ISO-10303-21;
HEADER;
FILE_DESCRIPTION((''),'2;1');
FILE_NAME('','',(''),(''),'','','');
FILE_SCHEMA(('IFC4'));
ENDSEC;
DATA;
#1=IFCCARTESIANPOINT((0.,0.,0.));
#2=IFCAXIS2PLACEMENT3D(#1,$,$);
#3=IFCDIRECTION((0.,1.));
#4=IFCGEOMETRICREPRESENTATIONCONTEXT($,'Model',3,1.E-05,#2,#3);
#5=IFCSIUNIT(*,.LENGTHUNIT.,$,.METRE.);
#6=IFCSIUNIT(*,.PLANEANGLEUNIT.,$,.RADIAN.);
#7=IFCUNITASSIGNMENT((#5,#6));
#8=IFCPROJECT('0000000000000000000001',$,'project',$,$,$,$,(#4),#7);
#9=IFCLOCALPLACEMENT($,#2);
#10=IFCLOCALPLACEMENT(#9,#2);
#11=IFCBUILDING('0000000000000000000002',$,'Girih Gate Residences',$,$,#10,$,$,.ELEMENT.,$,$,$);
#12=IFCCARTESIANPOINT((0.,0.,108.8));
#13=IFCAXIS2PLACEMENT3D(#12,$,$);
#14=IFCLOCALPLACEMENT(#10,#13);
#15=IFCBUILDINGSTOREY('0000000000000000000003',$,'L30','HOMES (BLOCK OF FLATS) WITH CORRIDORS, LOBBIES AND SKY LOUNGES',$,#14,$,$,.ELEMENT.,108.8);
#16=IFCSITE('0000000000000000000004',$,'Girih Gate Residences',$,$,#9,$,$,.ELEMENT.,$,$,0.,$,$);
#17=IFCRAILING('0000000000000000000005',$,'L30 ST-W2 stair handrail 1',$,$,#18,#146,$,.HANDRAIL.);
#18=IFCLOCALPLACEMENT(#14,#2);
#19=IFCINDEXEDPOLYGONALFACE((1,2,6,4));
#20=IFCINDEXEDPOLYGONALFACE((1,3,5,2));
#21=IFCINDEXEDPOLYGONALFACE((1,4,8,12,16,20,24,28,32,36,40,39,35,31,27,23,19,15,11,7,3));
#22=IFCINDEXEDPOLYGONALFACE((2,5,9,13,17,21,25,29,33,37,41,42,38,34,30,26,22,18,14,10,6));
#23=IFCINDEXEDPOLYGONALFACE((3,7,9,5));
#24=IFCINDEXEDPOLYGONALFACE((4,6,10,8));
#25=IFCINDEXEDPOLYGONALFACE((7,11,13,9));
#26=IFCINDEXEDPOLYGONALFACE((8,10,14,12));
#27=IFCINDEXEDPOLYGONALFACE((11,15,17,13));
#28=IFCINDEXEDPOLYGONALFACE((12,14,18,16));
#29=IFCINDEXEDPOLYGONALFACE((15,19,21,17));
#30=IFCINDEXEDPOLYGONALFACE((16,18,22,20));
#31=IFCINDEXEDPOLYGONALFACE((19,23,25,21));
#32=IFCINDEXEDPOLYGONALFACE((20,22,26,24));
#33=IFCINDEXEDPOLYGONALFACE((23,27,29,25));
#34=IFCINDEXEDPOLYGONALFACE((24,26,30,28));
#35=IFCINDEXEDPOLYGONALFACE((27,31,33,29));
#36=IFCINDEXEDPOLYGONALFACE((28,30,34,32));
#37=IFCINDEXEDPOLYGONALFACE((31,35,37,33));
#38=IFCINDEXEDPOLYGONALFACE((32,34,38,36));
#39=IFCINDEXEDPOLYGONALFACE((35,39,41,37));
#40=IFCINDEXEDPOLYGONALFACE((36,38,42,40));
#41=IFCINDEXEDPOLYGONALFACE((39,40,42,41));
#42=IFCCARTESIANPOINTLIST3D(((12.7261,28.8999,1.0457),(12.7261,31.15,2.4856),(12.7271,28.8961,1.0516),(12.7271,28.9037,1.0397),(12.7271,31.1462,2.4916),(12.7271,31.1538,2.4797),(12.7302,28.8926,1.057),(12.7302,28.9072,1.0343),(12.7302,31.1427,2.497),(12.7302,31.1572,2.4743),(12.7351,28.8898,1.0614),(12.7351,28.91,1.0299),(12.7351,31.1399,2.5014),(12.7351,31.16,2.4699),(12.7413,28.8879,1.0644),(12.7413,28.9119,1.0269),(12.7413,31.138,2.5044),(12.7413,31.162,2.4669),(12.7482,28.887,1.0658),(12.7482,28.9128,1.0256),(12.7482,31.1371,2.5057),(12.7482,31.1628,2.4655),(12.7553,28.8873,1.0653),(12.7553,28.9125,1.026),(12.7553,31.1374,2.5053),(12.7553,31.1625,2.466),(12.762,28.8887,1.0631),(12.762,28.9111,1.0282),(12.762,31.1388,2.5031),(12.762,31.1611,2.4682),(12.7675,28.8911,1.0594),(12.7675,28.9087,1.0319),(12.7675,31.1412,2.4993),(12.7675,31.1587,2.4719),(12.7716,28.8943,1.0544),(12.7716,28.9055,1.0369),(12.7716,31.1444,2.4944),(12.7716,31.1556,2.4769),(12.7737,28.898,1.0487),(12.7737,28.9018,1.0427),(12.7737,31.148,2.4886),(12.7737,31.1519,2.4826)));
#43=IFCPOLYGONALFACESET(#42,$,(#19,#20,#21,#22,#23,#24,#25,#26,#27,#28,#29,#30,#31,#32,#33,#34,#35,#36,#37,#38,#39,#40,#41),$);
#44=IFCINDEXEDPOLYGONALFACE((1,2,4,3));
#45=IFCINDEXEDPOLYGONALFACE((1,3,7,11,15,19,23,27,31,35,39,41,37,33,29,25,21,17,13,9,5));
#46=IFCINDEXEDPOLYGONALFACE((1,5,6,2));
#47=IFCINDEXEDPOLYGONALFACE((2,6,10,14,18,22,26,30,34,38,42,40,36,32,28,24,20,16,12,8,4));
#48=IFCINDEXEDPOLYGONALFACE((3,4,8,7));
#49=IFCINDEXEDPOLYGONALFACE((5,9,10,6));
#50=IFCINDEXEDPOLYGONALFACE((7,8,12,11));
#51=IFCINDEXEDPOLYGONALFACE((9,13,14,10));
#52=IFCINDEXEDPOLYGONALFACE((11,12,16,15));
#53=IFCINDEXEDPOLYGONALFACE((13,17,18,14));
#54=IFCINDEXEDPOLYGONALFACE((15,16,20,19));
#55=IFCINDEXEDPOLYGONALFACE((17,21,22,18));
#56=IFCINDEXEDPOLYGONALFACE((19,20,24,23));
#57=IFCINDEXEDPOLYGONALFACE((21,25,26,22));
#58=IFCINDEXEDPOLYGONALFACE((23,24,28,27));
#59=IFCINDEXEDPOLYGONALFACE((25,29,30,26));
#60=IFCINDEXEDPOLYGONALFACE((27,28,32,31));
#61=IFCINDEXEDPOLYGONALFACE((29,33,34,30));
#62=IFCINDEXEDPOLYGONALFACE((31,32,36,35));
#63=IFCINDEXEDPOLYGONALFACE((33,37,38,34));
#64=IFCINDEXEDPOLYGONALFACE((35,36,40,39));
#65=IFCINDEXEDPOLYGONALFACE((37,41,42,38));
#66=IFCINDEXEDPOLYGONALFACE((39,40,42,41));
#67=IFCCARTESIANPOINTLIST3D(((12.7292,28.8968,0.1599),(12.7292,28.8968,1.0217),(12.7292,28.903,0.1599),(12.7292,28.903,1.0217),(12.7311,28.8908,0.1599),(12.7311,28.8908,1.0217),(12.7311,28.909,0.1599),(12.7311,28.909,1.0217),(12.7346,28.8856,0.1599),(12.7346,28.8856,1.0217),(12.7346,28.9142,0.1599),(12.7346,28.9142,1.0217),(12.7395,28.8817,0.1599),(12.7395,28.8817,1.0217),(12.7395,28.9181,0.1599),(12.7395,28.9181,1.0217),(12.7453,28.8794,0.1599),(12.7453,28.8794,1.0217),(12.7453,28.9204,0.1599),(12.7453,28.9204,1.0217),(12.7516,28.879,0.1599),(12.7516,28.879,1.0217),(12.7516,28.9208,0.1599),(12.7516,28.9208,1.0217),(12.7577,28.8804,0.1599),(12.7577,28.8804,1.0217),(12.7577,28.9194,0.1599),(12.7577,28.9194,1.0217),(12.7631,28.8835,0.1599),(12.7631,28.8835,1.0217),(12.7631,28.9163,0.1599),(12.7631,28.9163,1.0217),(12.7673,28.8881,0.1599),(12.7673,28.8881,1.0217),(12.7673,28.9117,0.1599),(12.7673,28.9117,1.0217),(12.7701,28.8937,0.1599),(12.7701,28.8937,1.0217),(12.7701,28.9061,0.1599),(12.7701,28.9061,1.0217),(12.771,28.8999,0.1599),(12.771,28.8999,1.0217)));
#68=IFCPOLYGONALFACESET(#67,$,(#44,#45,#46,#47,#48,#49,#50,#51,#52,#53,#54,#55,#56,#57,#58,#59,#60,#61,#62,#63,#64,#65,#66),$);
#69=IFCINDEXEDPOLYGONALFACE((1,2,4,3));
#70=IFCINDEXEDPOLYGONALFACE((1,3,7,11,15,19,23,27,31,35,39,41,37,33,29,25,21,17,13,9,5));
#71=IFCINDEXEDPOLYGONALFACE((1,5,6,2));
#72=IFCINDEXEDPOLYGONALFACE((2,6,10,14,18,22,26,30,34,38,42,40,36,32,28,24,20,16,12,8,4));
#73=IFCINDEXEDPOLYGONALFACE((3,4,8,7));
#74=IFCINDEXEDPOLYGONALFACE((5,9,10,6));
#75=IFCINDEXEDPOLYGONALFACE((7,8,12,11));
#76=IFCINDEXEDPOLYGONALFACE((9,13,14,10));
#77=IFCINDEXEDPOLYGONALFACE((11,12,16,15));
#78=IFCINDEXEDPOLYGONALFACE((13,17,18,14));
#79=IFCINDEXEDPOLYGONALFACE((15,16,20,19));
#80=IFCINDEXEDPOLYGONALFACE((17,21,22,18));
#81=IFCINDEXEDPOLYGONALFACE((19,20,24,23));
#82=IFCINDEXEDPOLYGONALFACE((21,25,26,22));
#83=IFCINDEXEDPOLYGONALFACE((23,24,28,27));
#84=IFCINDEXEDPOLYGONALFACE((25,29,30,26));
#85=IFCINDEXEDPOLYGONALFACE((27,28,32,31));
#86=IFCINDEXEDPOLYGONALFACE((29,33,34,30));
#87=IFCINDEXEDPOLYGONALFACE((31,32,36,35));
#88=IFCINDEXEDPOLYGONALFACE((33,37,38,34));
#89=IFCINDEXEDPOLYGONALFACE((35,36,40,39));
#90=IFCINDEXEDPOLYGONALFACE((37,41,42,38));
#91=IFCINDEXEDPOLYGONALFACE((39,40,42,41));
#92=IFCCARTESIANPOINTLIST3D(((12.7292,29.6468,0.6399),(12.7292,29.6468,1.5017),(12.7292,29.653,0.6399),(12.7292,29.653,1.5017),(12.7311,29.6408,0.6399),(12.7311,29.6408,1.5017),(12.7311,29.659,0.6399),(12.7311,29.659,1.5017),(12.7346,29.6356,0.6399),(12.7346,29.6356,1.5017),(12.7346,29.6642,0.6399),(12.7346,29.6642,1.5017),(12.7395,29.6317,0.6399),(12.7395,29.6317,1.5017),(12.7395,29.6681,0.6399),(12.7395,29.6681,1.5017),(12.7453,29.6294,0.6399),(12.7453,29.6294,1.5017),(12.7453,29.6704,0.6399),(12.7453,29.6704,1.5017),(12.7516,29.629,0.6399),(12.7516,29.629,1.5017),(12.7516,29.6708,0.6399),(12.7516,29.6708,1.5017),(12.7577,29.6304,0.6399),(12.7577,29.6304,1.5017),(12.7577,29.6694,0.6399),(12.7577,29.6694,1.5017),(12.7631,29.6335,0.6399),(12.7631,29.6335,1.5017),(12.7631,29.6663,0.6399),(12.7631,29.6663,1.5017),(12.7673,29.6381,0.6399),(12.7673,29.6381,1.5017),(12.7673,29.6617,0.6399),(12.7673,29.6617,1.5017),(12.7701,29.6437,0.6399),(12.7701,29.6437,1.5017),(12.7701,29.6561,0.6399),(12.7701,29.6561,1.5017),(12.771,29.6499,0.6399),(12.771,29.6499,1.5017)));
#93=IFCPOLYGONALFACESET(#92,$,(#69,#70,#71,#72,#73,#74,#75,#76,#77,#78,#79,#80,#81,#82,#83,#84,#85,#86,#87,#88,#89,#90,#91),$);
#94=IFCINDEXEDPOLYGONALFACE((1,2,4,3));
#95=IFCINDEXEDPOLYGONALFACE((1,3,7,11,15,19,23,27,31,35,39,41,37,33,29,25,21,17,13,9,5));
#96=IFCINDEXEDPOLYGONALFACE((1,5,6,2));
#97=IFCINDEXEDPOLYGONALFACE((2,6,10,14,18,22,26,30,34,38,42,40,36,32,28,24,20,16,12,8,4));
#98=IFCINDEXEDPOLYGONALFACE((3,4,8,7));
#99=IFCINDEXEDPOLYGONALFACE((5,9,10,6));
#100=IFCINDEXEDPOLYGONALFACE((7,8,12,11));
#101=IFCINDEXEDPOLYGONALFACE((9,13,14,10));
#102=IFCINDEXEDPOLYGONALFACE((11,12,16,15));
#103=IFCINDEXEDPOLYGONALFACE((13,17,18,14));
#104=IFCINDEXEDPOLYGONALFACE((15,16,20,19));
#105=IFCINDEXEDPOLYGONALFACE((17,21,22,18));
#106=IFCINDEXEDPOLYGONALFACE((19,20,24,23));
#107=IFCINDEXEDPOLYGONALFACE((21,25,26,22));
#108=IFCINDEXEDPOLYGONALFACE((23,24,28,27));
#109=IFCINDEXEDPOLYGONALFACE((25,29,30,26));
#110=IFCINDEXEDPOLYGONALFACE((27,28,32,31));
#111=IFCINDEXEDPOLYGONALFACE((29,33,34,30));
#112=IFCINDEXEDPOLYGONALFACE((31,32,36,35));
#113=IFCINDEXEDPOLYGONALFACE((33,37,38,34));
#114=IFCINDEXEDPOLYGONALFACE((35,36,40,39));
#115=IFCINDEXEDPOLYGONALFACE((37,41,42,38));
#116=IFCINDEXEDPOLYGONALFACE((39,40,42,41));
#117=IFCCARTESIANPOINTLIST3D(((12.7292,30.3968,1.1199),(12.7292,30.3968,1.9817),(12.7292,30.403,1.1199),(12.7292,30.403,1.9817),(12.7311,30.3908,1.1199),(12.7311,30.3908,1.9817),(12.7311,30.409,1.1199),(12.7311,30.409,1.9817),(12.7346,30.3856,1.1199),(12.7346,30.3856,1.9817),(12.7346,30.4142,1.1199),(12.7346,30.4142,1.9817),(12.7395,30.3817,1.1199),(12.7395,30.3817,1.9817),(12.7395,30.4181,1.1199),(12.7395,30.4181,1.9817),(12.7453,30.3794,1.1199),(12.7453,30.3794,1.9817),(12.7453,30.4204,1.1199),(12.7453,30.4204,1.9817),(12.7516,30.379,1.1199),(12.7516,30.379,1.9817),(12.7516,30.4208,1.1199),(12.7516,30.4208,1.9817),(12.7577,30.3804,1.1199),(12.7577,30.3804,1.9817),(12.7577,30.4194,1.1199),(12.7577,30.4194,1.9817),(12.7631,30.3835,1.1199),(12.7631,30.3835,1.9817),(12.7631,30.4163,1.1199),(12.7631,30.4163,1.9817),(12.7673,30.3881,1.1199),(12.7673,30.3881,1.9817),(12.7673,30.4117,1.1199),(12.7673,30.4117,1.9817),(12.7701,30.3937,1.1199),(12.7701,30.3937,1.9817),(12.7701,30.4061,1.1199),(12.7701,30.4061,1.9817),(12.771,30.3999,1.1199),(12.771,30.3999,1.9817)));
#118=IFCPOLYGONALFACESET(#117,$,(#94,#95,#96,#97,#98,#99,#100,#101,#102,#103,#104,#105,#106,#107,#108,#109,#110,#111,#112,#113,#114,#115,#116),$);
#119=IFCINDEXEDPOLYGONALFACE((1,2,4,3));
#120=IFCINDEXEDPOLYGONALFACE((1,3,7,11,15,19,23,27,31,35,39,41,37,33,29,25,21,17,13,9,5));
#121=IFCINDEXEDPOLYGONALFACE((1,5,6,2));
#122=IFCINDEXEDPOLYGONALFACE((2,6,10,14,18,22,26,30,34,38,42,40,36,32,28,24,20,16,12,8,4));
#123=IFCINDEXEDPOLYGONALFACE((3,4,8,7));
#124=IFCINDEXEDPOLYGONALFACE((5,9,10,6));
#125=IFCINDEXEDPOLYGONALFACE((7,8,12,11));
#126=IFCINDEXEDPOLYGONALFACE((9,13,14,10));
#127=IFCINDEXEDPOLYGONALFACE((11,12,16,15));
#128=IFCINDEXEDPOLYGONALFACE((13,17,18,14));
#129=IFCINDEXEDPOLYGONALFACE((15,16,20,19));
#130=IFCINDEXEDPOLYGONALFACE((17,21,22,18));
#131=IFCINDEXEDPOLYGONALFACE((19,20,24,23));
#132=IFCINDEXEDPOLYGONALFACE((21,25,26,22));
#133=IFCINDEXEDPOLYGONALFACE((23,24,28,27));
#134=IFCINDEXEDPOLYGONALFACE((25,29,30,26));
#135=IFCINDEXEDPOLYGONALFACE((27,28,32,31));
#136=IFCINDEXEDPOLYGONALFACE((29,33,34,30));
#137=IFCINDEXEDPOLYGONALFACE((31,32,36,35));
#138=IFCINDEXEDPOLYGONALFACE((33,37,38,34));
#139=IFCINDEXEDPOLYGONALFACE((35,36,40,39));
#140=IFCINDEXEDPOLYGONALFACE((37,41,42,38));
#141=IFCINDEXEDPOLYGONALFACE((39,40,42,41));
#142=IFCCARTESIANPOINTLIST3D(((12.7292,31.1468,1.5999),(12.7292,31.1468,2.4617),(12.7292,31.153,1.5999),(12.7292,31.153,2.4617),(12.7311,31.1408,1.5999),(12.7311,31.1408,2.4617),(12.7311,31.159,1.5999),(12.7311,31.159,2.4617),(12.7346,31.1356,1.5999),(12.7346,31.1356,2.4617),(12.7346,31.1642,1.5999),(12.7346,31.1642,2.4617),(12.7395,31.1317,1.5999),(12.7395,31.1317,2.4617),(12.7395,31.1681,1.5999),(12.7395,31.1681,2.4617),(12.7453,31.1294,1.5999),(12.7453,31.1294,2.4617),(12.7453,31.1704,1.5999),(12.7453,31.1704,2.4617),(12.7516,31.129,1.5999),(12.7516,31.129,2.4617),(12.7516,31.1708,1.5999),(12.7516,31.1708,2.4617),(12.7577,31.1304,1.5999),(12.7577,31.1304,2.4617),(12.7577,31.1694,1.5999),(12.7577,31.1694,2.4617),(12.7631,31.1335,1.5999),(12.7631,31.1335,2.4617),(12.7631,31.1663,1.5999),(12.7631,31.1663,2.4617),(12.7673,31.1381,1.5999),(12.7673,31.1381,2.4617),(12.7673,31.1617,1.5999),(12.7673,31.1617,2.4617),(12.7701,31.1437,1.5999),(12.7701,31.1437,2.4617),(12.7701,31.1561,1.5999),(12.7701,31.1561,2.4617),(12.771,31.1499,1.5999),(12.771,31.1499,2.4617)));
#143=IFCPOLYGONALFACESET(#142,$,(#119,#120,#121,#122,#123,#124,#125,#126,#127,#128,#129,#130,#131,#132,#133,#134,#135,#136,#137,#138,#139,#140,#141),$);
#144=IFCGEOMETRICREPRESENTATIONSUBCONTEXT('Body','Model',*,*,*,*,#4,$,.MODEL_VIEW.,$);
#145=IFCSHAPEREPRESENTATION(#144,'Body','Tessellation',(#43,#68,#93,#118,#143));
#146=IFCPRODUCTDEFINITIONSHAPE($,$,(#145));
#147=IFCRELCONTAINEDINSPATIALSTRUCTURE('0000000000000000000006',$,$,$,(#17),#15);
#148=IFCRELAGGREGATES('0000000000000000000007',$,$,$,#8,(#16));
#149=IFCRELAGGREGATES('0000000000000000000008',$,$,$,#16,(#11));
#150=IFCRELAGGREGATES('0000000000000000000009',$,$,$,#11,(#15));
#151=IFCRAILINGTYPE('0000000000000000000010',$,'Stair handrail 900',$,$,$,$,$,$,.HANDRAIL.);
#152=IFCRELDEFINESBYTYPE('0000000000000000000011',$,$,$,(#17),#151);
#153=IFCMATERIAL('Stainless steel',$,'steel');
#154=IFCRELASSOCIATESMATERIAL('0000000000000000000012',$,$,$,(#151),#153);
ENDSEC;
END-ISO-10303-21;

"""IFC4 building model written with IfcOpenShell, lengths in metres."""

from ifc_helpers import new_model, si_unit, direction, frame, origin, origin_2d, place, context, subcontext, project, spatial, circle, extrude, material, type_object, element, save


model = new_model("IFC4")

# Units and contexts
model_context = context("Model", 3, precision=1e-05, world=origin(), true_north=direction((0.0, 1.0)))
body_context = subcontext(model_context, "Body", "Model", "MODEL_VIEW")
ifc_project = project(units=[si_unit("LENGTHUNIT", "METRE"), si_unit("PLANEANGLEUNIT", "RADIAN")], contexts=[model_context])

# Site, building, storey
site_placement = place(None, origin())
site = spatial("IfcSite", under=ifc_project, at=site_placement, Name="Girih Gate Residences", CompositionType="ELEMENT", RefElevation=0.0)
building_placement = place(site_placement, origin())
building = spatial("IfcBuilding", under=site, at=building_placement, Name="Girih Gate Residences", CompositionType="ELEMENT")
storey_placement = place(building_placement, frame((0.0, 0.0, 108.8)))
storey = spatial("IfcBuildingStorey", under=building, at=storey_placement, Name="L30", Description="HOMES (BLOCK OF FLATS) WITH CORRIDORS, LOBBIES AND SKY LOUNGES", CompositionType="ELEMENT", Elevation=108.8)

# Railing
ifc_material_1 = material(Name="Stainless steel", Category="steel")
railing_type_1 = type_object("IfcRailingType", Name="Stair handrail 900", PredefinedType="HANDRAIL", material=ifc_material_1)
railing_1_placement = place(storey_placement, frame((12.75, 28.8999, 0.1599)))
element("IfcRailing", 1, at=railing_1_placement, inside=storey, type_object=railing_type_1, Name="L30 ST-W2 stair handrail 1", PredefinedType="HANDRAIL", context=body_context, shape_type="SweptSolid", body=[
    extrude(circle(Radius=0.0239, at=origin_2d()), frame((0.0, 0.0, 0.8857), z_axis=(0.0, 0.842281, 0.539038), x_axis=(-1.0, 0.0, 0.0)), (0.0, 0.0, 1.0), 2.6714),
    extrude(circle(Radius=0.021, at=origin_2d()), origin(), (0.0, 0.0, 1.0), 0.8618),
    extrude(circle(Radius=0.021, at=origin_2d()), frame((0.0, 0.75, 0.48)), (0.0, 0.0, 1.0), 0.8618),
    extrude(circle(Radius=0.021, at=origin_2d()), frame((0.0, 1.5, 0.96)), (0.0, 0.0, 1.0), 0.8618),
    extrude(circle(Radius=0.021, at=origin_2d()), frame((0.0, 2.25, 1.4399)), (0.0, 0.0, 1.0), 0.8618),
])

save(model, "model.ifc")
